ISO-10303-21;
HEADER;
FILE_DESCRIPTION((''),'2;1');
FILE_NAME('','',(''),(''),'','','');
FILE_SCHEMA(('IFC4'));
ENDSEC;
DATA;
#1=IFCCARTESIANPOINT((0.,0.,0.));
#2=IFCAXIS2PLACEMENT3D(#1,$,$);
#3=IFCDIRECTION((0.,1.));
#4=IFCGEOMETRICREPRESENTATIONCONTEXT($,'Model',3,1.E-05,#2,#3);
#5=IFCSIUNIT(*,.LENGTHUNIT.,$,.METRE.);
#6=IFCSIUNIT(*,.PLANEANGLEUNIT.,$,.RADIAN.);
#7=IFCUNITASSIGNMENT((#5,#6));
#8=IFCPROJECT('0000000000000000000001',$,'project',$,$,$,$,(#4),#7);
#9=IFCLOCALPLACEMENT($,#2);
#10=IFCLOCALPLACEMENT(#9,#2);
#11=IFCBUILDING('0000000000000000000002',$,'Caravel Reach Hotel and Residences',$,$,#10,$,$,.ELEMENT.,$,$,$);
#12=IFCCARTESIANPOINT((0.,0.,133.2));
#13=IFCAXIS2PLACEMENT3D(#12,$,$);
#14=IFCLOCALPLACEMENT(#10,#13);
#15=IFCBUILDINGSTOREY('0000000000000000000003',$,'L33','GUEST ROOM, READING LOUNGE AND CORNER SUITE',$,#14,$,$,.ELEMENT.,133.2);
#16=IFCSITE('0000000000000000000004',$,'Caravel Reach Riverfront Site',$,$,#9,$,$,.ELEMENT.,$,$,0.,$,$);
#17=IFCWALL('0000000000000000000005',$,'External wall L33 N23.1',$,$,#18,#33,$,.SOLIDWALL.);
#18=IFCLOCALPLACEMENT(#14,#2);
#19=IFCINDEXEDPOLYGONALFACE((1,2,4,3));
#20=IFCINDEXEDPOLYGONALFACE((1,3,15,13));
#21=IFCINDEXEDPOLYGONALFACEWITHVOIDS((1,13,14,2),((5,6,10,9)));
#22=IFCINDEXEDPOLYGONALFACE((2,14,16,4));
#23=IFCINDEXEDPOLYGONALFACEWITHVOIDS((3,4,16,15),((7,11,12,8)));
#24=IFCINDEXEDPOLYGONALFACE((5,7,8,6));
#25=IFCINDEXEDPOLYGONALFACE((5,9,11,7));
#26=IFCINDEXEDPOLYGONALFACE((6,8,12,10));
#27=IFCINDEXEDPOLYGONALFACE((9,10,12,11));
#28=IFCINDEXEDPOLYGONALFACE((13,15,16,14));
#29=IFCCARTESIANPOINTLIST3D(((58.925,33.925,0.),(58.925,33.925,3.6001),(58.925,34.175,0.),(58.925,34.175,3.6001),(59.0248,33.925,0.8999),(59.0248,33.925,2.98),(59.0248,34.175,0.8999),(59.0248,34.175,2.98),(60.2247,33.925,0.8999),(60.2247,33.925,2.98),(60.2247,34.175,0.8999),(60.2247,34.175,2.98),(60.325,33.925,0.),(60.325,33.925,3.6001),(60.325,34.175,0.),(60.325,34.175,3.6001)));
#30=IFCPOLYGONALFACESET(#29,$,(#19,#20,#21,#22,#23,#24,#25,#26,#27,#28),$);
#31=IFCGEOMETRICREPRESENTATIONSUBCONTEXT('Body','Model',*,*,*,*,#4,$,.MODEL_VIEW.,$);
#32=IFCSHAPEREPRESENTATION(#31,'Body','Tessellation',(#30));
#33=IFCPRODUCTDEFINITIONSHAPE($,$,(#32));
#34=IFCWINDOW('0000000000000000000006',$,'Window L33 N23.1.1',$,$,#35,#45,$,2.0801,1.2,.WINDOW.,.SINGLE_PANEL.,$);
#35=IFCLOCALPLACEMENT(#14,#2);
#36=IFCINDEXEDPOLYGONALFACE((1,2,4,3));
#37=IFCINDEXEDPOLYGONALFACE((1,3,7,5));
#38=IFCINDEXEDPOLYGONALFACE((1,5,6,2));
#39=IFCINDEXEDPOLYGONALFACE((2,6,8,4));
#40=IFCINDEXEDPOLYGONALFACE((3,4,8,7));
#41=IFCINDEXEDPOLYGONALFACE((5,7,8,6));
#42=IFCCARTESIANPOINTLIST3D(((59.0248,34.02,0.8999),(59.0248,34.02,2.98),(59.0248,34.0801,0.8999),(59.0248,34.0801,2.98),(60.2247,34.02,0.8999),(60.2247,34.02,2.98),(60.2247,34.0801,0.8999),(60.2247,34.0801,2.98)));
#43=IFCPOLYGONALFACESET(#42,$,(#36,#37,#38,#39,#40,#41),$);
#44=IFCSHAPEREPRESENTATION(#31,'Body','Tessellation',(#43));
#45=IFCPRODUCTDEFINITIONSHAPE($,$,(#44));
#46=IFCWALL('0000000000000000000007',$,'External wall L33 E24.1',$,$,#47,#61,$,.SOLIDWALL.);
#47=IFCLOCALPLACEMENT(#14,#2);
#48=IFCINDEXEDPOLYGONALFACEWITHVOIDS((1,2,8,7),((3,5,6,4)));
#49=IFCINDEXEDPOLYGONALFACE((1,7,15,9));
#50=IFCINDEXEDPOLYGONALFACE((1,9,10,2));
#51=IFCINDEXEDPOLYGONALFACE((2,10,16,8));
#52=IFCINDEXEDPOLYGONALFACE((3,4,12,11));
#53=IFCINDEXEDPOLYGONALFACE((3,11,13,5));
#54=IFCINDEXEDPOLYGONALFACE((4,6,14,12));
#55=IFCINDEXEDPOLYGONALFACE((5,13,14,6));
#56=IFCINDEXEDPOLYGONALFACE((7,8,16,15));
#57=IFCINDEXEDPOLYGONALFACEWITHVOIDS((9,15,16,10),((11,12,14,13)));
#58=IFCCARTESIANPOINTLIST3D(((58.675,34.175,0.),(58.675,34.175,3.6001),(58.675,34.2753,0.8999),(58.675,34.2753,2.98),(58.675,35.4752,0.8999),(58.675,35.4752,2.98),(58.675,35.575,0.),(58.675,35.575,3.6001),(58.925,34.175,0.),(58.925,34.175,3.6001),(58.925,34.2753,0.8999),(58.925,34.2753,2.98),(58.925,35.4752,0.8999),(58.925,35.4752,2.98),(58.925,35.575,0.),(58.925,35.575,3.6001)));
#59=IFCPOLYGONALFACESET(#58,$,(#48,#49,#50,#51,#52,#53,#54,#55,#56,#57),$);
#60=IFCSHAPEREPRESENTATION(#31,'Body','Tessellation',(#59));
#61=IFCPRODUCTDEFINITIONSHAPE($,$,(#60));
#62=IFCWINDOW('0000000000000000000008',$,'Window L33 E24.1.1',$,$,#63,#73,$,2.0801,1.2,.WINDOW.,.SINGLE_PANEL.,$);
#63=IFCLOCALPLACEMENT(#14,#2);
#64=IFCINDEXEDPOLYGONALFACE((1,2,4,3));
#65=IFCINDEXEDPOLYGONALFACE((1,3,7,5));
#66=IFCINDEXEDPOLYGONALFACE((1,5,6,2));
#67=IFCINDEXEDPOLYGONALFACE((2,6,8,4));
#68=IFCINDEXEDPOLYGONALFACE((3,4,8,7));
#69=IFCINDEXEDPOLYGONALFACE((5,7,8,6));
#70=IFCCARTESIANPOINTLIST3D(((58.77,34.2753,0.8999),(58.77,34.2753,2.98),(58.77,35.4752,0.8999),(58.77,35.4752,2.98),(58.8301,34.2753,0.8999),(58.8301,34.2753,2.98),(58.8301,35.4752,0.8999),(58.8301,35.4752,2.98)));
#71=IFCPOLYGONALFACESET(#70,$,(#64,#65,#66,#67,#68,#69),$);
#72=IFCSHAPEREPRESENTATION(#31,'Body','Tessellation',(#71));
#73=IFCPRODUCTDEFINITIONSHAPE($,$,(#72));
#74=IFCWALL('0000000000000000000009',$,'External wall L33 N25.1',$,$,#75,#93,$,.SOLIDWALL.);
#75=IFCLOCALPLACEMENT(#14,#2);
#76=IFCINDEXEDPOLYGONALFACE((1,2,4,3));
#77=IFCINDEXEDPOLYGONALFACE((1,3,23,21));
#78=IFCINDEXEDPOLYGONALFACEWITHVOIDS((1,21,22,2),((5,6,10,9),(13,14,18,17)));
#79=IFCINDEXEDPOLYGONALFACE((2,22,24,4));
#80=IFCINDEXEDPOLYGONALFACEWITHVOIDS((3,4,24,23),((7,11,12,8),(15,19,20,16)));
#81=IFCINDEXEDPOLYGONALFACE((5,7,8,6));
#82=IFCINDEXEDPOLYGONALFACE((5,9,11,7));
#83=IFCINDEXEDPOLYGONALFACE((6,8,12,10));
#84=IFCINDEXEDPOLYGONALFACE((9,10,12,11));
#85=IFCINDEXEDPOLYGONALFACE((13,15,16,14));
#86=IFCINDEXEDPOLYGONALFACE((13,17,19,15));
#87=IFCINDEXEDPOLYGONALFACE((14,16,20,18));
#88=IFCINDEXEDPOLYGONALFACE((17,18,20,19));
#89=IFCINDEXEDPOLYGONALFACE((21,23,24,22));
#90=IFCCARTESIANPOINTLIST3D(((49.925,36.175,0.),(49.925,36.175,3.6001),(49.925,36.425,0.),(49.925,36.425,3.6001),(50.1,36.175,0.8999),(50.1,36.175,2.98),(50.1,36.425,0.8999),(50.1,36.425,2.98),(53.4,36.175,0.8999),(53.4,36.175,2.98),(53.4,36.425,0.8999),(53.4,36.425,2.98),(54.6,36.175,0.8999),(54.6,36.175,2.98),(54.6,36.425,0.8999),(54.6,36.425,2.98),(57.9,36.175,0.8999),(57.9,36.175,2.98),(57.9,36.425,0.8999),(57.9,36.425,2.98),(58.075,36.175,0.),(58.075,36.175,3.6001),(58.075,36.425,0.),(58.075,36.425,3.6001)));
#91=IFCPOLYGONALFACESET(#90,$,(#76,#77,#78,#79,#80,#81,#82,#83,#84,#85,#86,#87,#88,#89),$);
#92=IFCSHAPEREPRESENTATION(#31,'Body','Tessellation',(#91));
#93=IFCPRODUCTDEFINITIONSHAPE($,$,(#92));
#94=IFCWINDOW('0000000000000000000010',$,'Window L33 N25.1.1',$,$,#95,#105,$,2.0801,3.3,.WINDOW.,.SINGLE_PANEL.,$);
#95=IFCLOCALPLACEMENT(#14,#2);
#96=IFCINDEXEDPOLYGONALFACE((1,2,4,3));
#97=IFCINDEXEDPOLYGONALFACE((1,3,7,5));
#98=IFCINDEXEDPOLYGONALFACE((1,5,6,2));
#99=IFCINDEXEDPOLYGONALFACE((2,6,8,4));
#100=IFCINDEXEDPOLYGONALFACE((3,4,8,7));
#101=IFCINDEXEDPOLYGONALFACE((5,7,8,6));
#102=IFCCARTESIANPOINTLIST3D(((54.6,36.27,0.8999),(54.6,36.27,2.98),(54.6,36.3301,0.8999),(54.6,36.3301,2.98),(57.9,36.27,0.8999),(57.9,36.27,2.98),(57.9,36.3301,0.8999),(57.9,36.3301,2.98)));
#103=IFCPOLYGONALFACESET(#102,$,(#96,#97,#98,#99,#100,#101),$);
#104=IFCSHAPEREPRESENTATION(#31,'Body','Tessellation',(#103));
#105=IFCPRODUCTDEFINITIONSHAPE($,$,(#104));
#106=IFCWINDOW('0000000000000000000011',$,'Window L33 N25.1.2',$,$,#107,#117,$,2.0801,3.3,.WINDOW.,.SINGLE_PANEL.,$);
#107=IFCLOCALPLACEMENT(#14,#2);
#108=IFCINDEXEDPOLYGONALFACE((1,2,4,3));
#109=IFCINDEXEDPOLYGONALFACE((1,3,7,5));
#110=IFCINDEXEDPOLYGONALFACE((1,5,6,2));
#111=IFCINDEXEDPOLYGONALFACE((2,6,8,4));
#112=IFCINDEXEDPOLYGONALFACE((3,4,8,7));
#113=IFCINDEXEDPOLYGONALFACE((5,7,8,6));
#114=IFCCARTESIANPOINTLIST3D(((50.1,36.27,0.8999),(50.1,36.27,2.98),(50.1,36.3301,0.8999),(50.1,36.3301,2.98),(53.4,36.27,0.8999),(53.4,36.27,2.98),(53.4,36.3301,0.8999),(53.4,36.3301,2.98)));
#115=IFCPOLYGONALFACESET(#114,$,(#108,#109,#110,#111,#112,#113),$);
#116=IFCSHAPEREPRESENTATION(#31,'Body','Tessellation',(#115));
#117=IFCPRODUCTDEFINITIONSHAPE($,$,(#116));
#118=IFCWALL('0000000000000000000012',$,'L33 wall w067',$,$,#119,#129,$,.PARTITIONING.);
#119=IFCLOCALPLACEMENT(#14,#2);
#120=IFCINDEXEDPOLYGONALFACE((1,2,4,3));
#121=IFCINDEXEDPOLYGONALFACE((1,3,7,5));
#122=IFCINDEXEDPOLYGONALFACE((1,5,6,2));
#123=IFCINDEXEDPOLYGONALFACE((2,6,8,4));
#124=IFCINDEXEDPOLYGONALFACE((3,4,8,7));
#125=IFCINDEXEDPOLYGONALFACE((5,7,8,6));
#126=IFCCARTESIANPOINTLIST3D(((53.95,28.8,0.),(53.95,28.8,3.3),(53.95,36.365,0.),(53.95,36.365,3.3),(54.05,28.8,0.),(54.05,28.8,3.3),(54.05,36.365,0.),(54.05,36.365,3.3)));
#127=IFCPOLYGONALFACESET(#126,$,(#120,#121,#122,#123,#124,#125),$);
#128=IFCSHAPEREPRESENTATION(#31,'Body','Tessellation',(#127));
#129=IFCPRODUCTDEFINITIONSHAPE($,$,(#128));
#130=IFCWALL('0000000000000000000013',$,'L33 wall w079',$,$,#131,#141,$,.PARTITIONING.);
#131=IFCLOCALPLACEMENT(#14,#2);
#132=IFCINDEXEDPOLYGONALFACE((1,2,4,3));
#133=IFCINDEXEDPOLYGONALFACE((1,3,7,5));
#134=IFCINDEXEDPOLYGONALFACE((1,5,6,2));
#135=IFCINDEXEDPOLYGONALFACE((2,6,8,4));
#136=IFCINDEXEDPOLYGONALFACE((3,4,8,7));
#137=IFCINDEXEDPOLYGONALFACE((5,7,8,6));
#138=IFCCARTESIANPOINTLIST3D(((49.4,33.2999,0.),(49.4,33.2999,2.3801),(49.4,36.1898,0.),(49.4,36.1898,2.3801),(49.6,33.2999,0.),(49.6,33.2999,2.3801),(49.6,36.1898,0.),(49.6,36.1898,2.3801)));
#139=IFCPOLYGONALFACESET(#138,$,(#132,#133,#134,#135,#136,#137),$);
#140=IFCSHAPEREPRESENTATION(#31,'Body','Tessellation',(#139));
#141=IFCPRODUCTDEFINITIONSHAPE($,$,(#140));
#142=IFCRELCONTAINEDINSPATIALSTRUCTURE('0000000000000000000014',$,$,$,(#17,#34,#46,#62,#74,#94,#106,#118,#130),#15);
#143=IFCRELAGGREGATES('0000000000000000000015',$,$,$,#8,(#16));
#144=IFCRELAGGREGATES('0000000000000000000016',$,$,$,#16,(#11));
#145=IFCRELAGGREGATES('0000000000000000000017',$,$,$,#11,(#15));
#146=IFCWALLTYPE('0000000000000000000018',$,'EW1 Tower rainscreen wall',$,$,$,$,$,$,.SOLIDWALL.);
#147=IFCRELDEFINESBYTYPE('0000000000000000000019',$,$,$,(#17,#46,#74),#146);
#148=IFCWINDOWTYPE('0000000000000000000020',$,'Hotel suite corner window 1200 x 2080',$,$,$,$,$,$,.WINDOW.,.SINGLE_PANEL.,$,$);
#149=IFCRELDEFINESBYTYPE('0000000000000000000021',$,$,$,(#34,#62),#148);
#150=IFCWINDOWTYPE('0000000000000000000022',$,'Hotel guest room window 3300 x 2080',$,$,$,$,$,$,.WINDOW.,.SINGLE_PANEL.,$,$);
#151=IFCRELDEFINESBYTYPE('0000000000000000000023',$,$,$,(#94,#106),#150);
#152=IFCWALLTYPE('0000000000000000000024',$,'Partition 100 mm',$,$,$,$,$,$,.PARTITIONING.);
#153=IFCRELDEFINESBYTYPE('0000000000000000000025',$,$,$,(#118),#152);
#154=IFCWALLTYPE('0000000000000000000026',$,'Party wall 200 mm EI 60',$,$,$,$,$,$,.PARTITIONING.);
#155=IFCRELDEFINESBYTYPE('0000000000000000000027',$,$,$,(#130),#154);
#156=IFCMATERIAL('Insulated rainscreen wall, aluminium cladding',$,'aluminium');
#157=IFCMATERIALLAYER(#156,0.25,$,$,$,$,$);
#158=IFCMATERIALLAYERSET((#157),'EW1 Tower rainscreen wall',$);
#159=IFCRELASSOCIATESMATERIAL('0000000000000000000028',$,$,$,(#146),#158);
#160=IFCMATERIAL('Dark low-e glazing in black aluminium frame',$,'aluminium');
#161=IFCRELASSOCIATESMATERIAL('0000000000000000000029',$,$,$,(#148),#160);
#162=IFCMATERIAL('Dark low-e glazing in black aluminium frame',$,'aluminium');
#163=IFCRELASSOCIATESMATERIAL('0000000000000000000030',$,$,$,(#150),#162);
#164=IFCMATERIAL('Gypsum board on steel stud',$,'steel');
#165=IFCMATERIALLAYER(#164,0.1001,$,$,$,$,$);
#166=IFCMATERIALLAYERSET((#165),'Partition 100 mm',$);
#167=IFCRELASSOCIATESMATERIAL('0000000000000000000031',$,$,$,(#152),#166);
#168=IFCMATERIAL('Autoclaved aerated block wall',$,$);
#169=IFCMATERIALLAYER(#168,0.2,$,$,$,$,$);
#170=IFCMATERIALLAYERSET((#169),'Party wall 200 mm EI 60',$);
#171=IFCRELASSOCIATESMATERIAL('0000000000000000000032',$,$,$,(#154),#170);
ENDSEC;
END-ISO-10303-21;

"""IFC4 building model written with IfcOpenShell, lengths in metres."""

from ifc_helpers import new_model, si_unit, direction, frame, frame_2d, origin, place, context, subcontext, project, spatial, rectangle, extrude, material, layer, layer_set, type_object, element, fill, save


model = new_model("IFC4")

# Units and contexts
model_context = context("Model", 3, precision=1e-05, world=origin(), true_north=direction((0.0, 1.0)))
body_context = subcontext(model_context, "Body", "Model", "MODEL_VIEW")
ifc_project = project(units=[si_unit("LENGTHUNIT", "METRE"), si_unit("PLANEANGLEUNIT", "RADIAN")], contexts=[model_context])

# Site, building, storey
site_placement = place(None, origin())
site = spatial("IfcSite", under=ifc_project, at=site_placement, Name="Caravel Reach Riverfront Site", CompositionType="ELEMENT", RefElevation=0.0)
building_placement = place(site_placement, origin())
building = spatial("IfcBuilding", under=site, at=building_placement, Name="Caravel Reach Hotel and Residences", CompositionType="ELEMENT")
storey_placement = place(building_placement, frame((0.0, 0.0, 133.2)))
storey = spatial("IfcBuildingStorey", under=building, at=storey_placement, Name="L33", Description="GUEST ROOM, READING LOUNGE AND CORNER SUITE", CompositionType="ELEMENT", Elevation=133.2)

# Walls, openings, windows
ifc_material_1 = material(Name="Insulated rainscreen wall, aluminium cladding", Category="aluminium")
ifc_layer_1 = layer(ifc_material_1, 0.25)
ifc_layer_set_1 = layer_set([ifc_layer_1], Name="EW1 Tower rainscreen wall")
wall_type_1 = type_object("IfcWallType", Name="EW1 Tower rainscreen wall", PredefinedType="SOLIDWALL", material=ifc_layer_set_1)
ifc_material_2 = material(Name="Dark low-e glazing in black aluminium frame", Category="aluminium")
window_type_1 = type_object("IfcWindowType", Name="Hotel suite corner window 1200 x 2080", PartitioningType="SINGLE_PANEL", PredefinedType="WINDOW", material=ifc_material_2)
wall_1_placement = place(storey_placement, frame((60.325, 34.05, 0.0), z_axis=(0.0, 0.0, 1.0), x_axis=(-1.0, 0.0, 0.0)))
wall_1 = element("IfcWall", 1, at=wall_1_placement, inside=storey, type_object=wall_type_1, Name="External wall L33 N23.1", PredefinedType="SOLIDWALL", context=body_context, shape_type="SweptSolid", body=[
    extrude(rectangle(XDim=1.3999, YDim=0.25, at=frame_2d((0.7, 0.0))), origin(), (0.0, 0.0, 1.0), 3.6001),
])
opening_1_placement = place(wall_1_placement, frame((0.1001, 0.0, 0.8999)))
opening_1 = element("IfcOpeningElement", 2, at=opening_1_placement, cuts=wall_1, PredefinedType="OPENING", context=body_context, shape_type="SweptSolid", body=[
    extrude(rectangle(XDim=1.2, YDim=2.0801, at=frame_2d((0.6001, 1.04))), frame((0.0, 0.135, 0.0), z_axis=(0.0, -1.0, 0.0), x_axis=(1.0, 0.0, 0.0)), (0.0, 0.0, 1.0), 0.27),
])
window_1_placement = place(opening_1_placement, origin())
window_1 = element("IfcWindow", 3, at=window_1_placement, inside=storey, type_object=window_type_1, Name="Window L33 N23.1.1", OverallHeight=2.0801, OverallWidth=1.2, PartitioningType="SINGLE_PANEL", PredefinedType="WINDOW", context=body_context, shape_type="SweptSolid", body=[
    extrude(rectangle(XDim=1.2, YDim=2.0801, at=frame_2d((0.6001, 1.04))), frame((0.0, 0.03, 0.0), z_axis=(0.0, -1.0, 0.0), x_axis=(1.0, 0.0, 0.0)), (0.0, 0.0, 1.0), 0.0601),
])
fill(opening_1, window_1)
wall_2_placement = place(storey_placement, frame((58.8, 34.175, 0.0), z_axis=(0.0, 0.0, 1.0), x_axis=(0.0, 1.0, 0.0)))
wall_2 = element("IfcWall", 4, at=wall_2_placement, inside=storey, type_object=wall_type_1, Name="External wall L33 E24.1", PredefinedType="SOLIDWALL", context=body_context, shape_type="SweptSolid", body=[
    extrude(rectangle(XDim=1.3999, YDim=0.25, at=frame_2d((0.7, 0.0))), origin(), (0.0, 0.0, 1.0), 3.6001),
])
opening_2_placement = place(wall_2_placement, frame((0.1001, 0.0, 0.8999)))
opening_2 = element("IfcOpeningElement", 5, at=opening_2_placement, cuts=wall_2, PredefinedType="OPENING", context=body_context, shape_type="SweptSolid", body=[
    extrude(rectangle(XDim=1.2, YDim=2.0801, at=frame_2d((0.6001, 1.04))), frame((0.0, 0.135, 0.0), z_axis=(0.0, -1.0, 0.0), x_axis=(1.0, 0.0, 0.0)), (0.0, 0.0, 1.0), 0.27),
])
window_2_placement = place(opening_2_placement, origin())
window_2 = element("IfcWindow", 6, at=window_2_placement, inside=storey, type_object=window_type_1, Name="Window L33 E24.1.1", OverallHeight=2.0801, OverallWidth=1.2, PartitioningType="SINGLE_PANEL", PredefinedType="WINDOW", context=body_context, shape_type="SweptSolid", body=[
    extrude(rectangle(XDim=1.2, YDim=2.0801, at=frame_2d((0.6001, 1.04))), frame((0.0, 0.03, 0.0), z_axis=(0.0, -1.0, 0.0), x_axis=(1.0, 0.0, 0.0)), (0.0, 0.0, 1.0), 0.0601),
])
fill(opening_2, window_2)

# Wall, openings, windows
wall_3_placement = place(storey_placement, frame((58.075, 36.3, 0.0), z_axis=(0.0, 0.0, 1.0), x_axis=(-1.0, 0.0, 0.0)))
wall_3 = element("IfcWall", 7, at=wall_3_placement, inside=storey, type_object=wall_type_1, Name="External wall L33 N25.1", PredefinedType="SOLIDWALL", context=body_context, shape_type="SweptSolid", body=[
    extrude(rectangle(XDim=8.1499, YDim=0.25, at=frame_2d((4.075, 0.0))), origin(), (0.0, 0.0, 1.0), 3.6001),
])
opening_3_placement = place(wall_3_placement, frame((0.175, 0.0, 0.8999)))
opening_3 = element("IfcOpeningElement", 8, at=opening_3_placement, cuts=wall_3, PredefinedType="OPENING", context=body_context, shape_type="SweptSolid", body=[
    extrude(rectangle(XDim=3.3, YDim=2.0801, at=frame_2d((1.6499, 1.04))), frame((0.0, 0.135, 0.0), z_axis=(0.0, -1.0, 0.0), x_axis=(1.0, 0.0, 0.0)), (0.0, 0.0, 1.0), 0.27),
])
opening_4_placement = place(wall_3_placement, frame((4.675, 0.0, 0.8999)))
opening_4 = element("IfcOpeningElement", 9, at=opening_4_placement, cuts=wall_3, PredefinedType="OPENING", context=body_context, shape_type="SweptSolid", body=[
    extrude(rectangle(XDim=3.3, YDim=2.0801, at=frame_2d((1.6499, 1.04))), frame((0.0, 0.135, 0.0), z_axis=(0.0, -1.0, 0.0), x_axis=(1.0, 0.0, 0.0)), (0.0, 0.0, 1.0), 0.27),
])
ifc_material_3 = material(Name="Dark low-e glazing in black aluminium frame", Category="aluminium")
window_type_2 = type_object("IfcWindowType", Name="Hotel guest room window 3300 x 2080", PartitioningType="SINGLE_PANEL", PredefinedType="WINDOW", material=ifc_material_3)
window_3_placement = place(opening_3_placement, origin())
window_3 = element("IfcWindow", 10, at=window_3_placement, inside=storey, type_object=window_type_2, Name="Window L33 N25.1.1", OverallHeight=2.0801, OverallWidth=3.3, PartitioningType="SINGLE_PANEL", PredefinedType="WINDOW", context=body_context, shape_type="SweptSolid", body=[
    extrude(rectangle(XDim=3.3, YDim=2.0801, at=frame_2d((1.6499, 1.04))), frame((0.0, 0.03, 0.0), z_axis=(0.0, -1.0, 0.0), x_axis=(1.0, 0.0, 0.0)), (0.0, 0.0, 1.0), 0.0601),
])
fill(opening_3, window_3)
window_4_placement = place(opening_4_placement, origin())
window_4 = element("IfcWindow", 11, at=window_4_placement, inside=storey, type_object=window_type_2, Name="Window L33 N25.1.2", OverallHeight=2.0801, OverallWidth=3.3, PartitioningType="SINGLE_PANEL", PredefinedType="WINDOW", context=body_context, shape_type="SweptSolid", body=[
    extrude(rectangle(XDim=3.3, YDim=2.0801, at=frame_2d((1.6499, 1.04))), frame((0.0, 0.03, 0.0), z_axis=(0.0, -1.0, 0.0), x_axis=(1.0, 0.0, 0.0)), (0.0, 0.0, 1.0), 0.0601),
])
fill(opening_4, window_4)

# Walls
ifc_material_4 = material(Name="Gypsum board on steel stud", Category="steel")
ifc_layer_2 = layer(ifc_material_4, 0.1001)
ifc_layer_set_2 = layer_set([ifc_layer_2], Name="Partition 100 mm")
wall_type_2 = type_object("IfcWallType", Name="Partition 100 mm", PredefinedType="PARTITIONING", material=ifc_layer_set_2)
wall_4_placement = place(storey_placement, frame((54.0, 28.8, 0.0), z_axis=(0.0, 0.0, 1.0), x_axis=(0.0, 1.0, 0.0)))
element("IfcWall", 12, at=wall_4_placement, inside=storey, type_object=wall_type_2, Name="L33 wall w067", PredefinedType="PARTITIONING", context=body_context, shape_type="SweptSolid", body=[
    extrude(rectangle(XDim=7.5649, YDim=0.1001, at=frame_2d((3.7825, 0.0))), origin(), (0.0, 0.0, 1.0), 3.3),
])
ifc_material_5 = material(Name="Autoclaved aerated block wall")
ifc_layer_3 = layer(ifc_material_5, 0.2)
ifc_layer_set_3 = layer_set([ifc_layer_3], Name="Party wall 200 mm EI 60")
wall_type_3 = type_object("IfcWallType", Name="Party wall 200 mm EI 60", PredefinedType="PARTITIONING", material=ifc_layer_set_3)
wall_5_placement = place(storey_placement, frame((49.5, 33.3, 0.0), z_axis=(0.0, 0.0, 1.0), x_axis=(0.0, 1.0, 0.0)))
element("IfcWall", 13, at=wall_5_placement, inside=storey, type_object=wall_type_3, Name="L33 wall w079", PredefinedType="PARTITIONING", context=body_context, shape_type="SweptSolid", body=[
    extrude(rectangle(XDim=2.8899, YDim=0.2, at=frame_2d((1.4448, 0.0))), origin(), (0.0, 0.0, 1.0), 2.3801),
])

save(model, "model.ifc")
